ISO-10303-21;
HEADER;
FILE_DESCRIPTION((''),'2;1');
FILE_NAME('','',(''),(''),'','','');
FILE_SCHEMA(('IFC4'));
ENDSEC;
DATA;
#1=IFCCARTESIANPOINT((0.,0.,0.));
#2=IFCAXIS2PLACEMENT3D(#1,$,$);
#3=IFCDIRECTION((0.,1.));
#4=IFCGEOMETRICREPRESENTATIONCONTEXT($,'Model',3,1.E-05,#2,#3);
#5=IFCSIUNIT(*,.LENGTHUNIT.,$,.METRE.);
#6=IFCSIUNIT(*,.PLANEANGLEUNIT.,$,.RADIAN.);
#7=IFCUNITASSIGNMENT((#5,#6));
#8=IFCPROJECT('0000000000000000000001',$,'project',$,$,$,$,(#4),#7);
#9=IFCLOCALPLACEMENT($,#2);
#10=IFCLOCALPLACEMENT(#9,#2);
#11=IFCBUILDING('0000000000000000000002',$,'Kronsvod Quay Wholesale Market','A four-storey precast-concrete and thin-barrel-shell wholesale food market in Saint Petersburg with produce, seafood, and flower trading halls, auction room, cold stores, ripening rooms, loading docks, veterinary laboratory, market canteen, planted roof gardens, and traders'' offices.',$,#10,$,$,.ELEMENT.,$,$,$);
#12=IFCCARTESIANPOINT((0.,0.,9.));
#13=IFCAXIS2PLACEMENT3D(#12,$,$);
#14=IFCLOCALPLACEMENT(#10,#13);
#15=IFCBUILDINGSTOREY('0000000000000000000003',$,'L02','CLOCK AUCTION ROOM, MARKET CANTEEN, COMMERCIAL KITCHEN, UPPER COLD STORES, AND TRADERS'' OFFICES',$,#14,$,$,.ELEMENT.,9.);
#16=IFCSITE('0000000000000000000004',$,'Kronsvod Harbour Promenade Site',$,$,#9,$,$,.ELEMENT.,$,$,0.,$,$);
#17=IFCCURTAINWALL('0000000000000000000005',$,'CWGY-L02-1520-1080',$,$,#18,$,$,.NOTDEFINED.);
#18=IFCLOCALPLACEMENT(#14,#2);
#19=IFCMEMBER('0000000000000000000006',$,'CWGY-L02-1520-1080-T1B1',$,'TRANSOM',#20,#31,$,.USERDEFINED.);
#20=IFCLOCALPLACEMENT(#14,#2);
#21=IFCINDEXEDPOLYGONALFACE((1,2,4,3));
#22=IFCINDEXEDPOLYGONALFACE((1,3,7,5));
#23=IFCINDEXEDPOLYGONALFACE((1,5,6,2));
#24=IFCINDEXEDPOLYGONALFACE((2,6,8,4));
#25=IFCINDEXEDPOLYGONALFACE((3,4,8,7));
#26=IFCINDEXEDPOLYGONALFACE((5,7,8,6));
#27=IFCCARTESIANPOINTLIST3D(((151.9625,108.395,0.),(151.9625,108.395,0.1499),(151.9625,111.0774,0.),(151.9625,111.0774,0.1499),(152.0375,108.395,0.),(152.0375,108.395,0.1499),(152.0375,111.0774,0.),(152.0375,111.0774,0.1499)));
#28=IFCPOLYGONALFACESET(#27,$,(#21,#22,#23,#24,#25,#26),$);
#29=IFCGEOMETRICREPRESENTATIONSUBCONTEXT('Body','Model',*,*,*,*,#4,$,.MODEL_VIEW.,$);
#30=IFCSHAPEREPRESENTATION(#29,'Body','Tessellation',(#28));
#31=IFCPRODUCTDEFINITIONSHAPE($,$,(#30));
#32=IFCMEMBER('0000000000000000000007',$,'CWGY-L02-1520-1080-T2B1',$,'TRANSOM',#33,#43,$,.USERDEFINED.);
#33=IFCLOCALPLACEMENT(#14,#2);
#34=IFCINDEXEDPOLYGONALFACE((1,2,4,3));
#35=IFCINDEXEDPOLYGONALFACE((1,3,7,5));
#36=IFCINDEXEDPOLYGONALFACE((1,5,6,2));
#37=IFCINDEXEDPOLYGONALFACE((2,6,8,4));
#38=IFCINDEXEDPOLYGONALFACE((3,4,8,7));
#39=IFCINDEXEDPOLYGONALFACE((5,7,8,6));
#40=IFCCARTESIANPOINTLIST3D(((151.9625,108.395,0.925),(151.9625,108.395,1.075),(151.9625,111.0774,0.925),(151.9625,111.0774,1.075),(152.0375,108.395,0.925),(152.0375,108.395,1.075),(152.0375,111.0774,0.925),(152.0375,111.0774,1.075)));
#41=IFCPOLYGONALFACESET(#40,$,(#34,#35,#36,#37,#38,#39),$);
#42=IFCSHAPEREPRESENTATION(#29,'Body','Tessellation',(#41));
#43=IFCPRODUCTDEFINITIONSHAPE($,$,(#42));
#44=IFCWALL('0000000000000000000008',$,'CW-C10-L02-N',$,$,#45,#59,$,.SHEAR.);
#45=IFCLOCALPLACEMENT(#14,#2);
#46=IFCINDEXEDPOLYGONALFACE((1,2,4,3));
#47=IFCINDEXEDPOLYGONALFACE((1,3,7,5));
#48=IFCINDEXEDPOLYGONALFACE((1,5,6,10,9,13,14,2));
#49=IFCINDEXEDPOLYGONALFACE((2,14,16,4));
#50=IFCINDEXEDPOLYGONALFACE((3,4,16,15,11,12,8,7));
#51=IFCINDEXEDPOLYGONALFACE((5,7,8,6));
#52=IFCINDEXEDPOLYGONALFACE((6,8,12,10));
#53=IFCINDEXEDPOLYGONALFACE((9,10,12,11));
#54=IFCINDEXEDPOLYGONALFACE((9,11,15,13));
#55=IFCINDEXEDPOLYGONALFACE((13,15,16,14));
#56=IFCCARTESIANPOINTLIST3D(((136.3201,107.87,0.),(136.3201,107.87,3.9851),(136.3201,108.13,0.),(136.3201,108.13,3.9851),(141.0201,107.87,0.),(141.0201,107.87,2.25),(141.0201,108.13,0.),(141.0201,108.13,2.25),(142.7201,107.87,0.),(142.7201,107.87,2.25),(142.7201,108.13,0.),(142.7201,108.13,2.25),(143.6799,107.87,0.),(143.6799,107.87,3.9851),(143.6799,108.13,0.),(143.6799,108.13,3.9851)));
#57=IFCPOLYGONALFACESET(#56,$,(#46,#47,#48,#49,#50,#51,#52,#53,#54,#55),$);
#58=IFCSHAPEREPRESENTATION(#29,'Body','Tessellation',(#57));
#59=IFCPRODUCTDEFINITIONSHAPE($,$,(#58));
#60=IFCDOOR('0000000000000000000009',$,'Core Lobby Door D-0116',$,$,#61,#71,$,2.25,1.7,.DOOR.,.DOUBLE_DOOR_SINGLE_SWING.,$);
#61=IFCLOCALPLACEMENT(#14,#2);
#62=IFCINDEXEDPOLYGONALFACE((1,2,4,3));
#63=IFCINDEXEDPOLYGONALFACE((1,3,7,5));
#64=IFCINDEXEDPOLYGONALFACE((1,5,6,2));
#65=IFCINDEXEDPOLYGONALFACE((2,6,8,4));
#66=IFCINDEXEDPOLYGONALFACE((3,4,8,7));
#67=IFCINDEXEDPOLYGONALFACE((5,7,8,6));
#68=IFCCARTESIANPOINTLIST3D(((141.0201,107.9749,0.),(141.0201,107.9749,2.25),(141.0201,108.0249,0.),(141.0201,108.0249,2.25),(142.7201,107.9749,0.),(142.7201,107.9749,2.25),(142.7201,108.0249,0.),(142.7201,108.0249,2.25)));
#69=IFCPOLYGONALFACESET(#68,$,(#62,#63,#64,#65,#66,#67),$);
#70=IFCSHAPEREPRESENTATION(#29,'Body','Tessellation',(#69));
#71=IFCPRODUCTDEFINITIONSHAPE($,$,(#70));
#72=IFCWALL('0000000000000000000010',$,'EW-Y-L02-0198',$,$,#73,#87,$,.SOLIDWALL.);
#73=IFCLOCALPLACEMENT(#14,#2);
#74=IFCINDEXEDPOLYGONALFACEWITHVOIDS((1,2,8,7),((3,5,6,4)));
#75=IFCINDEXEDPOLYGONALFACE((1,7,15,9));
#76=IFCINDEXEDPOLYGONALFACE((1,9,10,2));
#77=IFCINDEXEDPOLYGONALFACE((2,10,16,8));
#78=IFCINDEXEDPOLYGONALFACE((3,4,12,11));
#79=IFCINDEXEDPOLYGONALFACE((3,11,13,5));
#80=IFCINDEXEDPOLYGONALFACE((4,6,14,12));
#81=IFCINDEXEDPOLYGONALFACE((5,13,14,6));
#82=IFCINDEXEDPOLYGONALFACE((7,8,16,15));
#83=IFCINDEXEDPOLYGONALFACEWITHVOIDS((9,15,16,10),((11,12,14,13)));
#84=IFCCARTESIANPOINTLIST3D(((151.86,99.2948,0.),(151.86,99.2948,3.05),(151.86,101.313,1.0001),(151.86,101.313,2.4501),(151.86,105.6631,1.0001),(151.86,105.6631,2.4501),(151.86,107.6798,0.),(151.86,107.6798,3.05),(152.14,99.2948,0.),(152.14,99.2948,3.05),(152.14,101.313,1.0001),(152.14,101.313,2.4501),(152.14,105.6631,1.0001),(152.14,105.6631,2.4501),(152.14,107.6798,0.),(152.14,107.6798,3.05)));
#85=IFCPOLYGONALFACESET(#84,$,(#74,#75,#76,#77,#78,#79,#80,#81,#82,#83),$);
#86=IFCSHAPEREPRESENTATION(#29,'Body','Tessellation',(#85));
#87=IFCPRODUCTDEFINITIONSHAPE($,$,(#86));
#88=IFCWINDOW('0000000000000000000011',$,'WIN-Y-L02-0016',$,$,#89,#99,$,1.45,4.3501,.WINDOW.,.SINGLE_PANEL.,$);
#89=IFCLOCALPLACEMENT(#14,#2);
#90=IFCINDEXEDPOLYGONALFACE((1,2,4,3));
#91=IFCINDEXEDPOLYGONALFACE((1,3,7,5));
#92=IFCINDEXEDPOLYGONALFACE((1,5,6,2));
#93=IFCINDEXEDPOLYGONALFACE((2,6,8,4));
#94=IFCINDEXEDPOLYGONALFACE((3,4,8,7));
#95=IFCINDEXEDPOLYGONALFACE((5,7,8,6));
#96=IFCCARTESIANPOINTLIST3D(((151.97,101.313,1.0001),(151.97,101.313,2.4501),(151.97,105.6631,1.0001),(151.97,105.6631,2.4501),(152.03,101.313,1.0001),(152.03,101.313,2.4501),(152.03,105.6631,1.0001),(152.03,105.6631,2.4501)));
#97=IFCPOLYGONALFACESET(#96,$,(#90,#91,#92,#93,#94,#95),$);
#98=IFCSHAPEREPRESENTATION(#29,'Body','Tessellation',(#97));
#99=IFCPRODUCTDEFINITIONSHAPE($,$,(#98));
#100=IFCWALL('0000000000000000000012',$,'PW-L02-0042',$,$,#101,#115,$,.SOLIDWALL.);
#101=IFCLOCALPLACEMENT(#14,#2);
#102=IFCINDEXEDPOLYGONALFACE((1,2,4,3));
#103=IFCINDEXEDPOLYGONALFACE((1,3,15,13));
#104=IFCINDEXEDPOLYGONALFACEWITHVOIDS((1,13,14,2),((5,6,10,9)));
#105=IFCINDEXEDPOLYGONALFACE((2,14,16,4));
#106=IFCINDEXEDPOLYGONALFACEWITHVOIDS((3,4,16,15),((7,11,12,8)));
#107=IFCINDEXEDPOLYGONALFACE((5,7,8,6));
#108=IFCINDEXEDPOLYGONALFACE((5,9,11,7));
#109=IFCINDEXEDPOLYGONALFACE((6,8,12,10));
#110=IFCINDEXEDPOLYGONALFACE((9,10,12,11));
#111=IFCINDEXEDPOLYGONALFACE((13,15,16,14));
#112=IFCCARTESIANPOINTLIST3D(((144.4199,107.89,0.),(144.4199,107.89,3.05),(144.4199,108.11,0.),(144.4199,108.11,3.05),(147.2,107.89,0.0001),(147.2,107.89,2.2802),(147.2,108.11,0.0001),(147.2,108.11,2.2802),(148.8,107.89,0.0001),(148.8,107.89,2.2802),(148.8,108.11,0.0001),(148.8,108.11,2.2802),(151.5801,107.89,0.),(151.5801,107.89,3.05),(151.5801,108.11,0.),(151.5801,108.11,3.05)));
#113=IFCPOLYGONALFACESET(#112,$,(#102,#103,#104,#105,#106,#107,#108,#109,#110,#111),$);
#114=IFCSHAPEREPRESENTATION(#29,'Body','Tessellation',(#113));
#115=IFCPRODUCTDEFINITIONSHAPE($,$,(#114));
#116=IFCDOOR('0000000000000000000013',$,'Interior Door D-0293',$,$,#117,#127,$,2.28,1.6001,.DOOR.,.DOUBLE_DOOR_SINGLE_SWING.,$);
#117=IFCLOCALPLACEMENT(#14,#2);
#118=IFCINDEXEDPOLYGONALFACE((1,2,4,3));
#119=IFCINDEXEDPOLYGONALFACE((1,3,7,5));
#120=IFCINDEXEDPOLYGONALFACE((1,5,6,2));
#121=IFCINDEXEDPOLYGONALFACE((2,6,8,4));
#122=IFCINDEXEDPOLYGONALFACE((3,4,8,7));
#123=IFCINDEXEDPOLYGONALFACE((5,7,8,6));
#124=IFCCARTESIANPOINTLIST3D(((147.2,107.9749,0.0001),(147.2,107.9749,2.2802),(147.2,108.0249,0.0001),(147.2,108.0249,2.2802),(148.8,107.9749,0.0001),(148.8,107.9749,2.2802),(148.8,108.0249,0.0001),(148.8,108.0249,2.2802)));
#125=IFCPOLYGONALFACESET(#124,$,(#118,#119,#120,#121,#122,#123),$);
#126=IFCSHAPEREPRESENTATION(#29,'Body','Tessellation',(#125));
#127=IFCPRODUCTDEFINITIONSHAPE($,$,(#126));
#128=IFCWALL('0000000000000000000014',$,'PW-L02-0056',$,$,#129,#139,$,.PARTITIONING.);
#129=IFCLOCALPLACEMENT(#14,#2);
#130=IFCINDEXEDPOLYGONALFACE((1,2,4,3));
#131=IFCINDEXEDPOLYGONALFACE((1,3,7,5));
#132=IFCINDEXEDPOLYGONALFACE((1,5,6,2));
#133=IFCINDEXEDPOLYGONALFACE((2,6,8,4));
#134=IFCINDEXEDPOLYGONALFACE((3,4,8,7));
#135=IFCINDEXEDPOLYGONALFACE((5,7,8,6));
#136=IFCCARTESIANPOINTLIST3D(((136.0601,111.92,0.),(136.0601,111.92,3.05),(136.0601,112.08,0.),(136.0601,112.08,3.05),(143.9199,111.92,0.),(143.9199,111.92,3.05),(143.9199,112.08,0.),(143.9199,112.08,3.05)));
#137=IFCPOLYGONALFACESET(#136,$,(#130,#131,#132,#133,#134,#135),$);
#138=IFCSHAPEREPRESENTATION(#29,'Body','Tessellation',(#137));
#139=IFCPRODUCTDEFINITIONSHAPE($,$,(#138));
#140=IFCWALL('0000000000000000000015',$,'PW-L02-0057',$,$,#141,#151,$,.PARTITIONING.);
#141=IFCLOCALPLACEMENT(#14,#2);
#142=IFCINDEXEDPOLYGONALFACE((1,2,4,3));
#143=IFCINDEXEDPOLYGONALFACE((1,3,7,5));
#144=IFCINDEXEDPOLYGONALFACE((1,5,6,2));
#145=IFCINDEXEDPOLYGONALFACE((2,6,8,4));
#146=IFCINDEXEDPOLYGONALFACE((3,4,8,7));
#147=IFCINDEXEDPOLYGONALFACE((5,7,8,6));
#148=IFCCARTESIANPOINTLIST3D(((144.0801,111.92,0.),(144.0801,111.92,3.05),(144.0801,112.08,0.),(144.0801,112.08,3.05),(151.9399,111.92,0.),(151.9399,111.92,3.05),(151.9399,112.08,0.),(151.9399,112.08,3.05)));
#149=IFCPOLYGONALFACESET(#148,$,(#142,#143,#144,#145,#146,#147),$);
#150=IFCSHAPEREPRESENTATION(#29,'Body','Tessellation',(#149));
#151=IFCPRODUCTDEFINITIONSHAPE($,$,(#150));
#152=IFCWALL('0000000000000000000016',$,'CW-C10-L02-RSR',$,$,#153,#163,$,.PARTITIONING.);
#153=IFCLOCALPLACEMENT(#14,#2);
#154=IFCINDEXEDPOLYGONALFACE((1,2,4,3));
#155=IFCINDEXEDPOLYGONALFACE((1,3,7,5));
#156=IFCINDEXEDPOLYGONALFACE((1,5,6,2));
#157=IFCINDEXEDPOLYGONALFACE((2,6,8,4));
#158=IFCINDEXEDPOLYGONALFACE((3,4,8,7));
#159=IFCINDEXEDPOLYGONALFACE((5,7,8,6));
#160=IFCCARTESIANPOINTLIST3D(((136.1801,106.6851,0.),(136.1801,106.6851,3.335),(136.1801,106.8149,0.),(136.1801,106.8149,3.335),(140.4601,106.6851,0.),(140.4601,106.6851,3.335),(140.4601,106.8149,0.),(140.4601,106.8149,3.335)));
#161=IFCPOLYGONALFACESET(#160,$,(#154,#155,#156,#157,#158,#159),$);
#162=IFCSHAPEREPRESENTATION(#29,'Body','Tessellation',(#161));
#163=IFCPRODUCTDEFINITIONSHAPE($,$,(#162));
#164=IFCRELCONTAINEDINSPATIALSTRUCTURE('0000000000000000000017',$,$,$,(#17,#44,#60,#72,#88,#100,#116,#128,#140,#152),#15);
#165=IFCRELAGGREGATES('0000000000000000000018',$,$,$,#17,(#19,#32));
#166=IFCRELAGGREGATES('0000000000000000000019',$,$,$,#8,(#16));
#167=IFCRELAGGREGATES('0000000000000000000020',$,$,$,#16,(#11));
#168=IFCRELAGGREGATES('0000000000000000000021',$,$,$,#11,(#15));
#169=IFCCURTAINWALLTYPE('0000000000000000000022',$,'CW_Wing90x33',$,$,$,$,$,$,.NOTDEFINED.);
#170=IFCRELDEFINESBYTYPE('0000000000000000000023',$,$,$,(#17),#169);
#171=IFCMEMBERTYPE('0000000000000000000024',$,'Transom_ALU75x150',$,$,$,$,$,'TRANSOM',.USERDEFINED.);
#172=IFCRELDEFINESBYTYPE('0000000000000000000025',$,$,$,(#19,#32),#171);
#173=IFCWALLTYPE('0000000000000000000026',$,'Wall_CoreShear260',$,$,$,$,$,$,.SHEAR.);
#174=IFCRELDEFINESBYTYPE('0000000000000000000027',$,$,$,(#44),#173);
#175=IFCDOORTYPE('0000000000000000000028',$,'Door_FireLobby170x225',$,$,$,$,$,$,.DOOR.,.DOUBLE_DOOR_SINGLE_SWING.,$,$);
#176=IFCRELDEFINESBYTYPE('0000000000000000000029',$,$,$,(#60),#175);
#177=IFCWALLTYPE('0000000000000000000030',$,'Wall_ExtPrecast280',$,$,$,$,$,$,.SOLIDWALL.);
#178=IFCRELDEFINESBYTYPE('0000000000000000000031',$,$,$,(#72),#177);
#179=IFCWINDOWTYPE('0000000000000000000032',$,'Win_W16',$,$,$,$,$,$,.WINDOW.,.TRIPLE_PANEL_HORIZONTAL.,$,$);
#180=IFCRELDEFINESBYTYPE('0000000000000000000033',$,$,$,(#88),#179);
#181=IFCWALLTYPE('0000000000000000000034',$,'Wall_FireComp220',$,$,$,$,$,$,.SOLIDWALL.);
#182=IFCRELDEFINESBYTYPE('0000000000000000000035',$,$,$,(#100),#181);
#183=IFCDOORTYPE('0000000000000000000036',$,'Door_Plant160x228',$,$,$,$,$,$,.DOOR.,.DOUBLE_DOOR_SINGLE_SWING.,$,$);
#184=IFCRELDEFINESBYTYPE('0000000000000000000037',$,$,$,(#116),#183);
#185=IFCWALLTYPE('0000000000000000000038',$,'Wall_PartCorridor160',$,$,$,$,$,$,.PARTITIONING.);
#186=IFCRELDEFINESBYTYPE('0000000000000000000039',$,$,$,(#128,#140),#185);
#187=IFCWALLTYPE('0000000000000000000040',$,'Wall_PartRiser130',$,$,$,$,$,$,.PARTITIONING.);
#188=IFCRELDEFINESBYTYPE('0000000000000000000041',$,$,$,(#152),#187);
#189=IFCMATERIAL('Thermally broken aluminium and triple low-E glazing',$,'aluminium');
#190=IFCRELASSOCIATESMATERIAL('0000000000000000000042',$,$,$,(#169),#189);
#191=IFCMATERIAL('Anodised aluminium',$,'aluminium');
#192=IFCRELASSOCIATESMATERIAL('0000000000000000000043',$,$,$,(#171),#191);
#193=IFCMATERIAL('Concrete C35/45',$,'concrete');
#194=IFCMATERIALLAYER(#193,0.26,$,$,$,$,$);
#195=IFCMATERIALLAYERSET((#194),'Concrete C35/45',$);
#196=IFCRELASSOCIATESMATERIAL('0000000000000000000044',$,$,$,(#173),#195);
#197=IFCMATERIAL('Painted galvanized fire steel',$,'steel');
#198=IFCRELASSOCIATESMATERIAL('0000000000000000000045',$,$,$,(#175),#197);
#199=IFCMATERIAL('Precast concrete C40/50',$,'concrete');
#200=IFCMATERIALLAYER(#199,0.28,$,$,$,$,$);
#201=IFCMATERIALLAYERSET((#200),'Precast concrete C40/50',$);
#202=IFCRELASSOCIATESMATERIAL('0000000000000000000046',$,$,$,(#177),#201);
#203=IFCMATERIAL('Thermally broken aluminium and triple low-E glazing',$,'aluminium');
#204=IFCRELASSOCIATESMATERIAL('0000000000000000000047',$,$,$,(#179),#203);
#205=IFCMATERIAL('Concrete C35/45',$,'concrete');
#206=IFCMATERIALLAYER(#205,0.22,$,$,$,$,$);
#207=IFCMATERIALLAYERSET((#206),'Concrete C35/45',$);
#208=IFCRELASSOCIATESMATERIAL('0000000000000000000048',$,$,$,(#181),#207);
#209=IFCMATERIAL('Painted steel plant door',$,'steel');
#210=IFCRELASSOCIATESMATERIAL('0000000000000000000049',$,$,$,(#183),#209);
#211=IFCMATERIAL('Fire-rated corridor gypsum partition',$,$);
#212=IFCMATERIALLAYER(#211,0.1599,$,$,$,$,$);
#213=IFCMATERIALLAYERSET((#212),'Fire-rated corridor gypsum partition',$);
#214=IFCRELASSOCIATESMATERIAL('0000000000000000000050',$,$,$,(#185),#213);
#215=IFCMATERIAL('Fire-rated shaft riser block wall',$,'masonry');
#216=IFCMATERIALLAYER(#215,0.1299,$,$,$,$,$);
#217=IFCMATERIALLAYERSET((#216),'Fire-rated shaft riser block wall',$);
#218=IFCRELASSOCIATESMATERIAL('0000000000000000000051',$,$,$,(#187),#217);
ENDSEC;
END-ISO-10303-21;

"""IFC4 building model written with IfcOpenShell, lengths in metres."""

from ifc_helpers import new_model, si_unit, direction, frame, frame_2d, origin, origin_2d, place, context, subcontext, project, spatial, rectangle, extrude, material, layer, layer_set, material_profile, profile_set, type_object, element, fill, aggregate, save


model = new_model("IFC4")

# Units and contexts
model_context = context("Model", 3, precision=1e-05, world=origin(), true_north=direction((0.0, 1.0)))
body_context = subcontext(model_context, "Body", "Model", "MODEL_VIEW")
ifc_project = project(units=[si_unit("LENGTHUNIT", "METRE"), si_unit("PLANEANGLEUNIT", "RADIAN")], contexts=[model_context])

# Site, building, storey
site_placement = place(None, origin())
site = spatial("IfcSite", under=ifc_project, at=site_placement, Name="Kronsvod Harbour Promenade Site", CompositionType="ELEMENT", RefElevation=0.0)
building_placement = place(site_placement, origin())
building = spatial("IfcBuilding", under=site, at=building_placement, Name="Kronsvod Quay Wholesale Market", Description="A four-storey precast-concrete and thin-barrel-shell wholesale food market in Saint Petersburg with produce, seafood, and flower trading halls, auction room, cold stores, ripening rooms, loading docks, veterinary laboratory, market canteen, planted roof gardens, and traders' offices.", CompositionType="ELEMENT")
storey_placement = place(building_placement, frame((0.0, 0.0, 9.0)))
storey = spatial("IfcBuildingStorey", under=building, at=storey_placement, Name="L02", Description="CLOCK AUCTION ROOM, MARKET CANTEEN, COMMERCIAL KITCHEN, UPPER COLD STORES, AND TRADERS' OFFICES", CompositionType="ELEMENT", Elevation=9.0)

# Curtain wall, members
ifc_material_1 = material(Name="Thermally broken aluminium and triple low-E glazing", Category="aluminium")
curtain_wall_type = type_object("IfcCurtainWallType", Name="CW_Wing90x33", PredefinedType="NOTDEFINED", material=ifc_material_1)
curtain_wall_placement = place(storey_placement, origin())
curtain_wall = element("IfcCurtainWall", 1, at=curtain_wall_placement, inside=storey, type_object=curtain_wall_type, Name="CWGY-L02-1520-1080", PredefinedType="NOTDEFINED")
ifc_material_2 = material(Name="Anodised aluminium", Category="aluminium")
ifc_material_profile_1 = material_profile(ifc_material_2, rectangle(XDim=0.075, YDim=0.1499, at=origin_2d()), Name="ALUT75x150")
ifc_profile_set_1 = profile_set([ifc_material_profile_1], Name="Anodised aluminium")
member_type_1 = type_object("IfcMemberType", Name="Transom_ALU75x150", ElementType="TRANSOM", PredefinedType="USERDEFINED", material=ifc_profile_set_1)
member_1_placement = place(storey_placement, frame((152.0, 108.395, 0.075), z_axis=(0.0, 1.0, 0.0), x_axis=(-1.0, 0.0, 0.0)))
member_1 = element("IfcMember", 2, at=member_1_placement, type_object=member_type_1, Name="CWGY-L02-1520-1080-T1B1", ObjectType="TRANSOM", PredefinedType="USERDEFINED", context=body_context, shape_type="SweptSolid", body=[
    extrude(rectangle(XDim=0.075, YDim=0.1499, at=origin_2d()), origin(), (0.0, 0.0, 1.0), 2.6824),
])
member_2_placement = place(storey_placement, frame((152.0, 108.395, 1.0), z_axis=(0.0, 1.0, 0.0), x_axis=(-1.0, 0.0, 0.0)))
member_2 = element("IfcMember", 3, at=member_2_placement, type_object=member_type_1, Name="CWGY-L02-1520-1080-T2B1", ObjectType="TRANSOM", PredefinedType="USERDEFINED", context=body_context, shape_type="SweptSolid", body=[
    extrude(rectangle(XDim=0.075, YDim=0.1499, at=origin_2d()), origin(), (0.0, 0.0, 1.0), 2.6824),
])
aggregate(curtain_wall, [member_1, member_2])

# Wall, opening, door
ifc_material_3 = material(Name="Concrete C35/45", Category="concrete")
ifc_layer_1 = layer(ifc_material_3, 0.26)
ifc_layer_set_1 = layer_set([ifc_layer_1], Name="Concrete C35/45")
wall_type_1 = type_object("IfcWallType", Name="Wall_CoreShear260", PredefinedType="SHEAR", material=ifc_layer_set_1)
wall_1_placement = place(storey_placement, frame((136.3201, 108.0, 0.0), z_axis=(0.0, 0.0, 1.0), x_axis=(1.0, 0.0, 0.0)))
wall_1 = element("IfcWall", 4, at=wall_1_placement, inside=storey, type_object=wall_type_1, Name="CW-C10-L02-N", PredefinedType="SHEAR", context=body_context, shape_type="SweptSolid", body=[
    extrude(rectangle(XDim=7.3599, YDim=0.26, at=frame_2d((3.6799, 0.0))), origin(), (0.0, 0.0, 1.0), 3.9851),
])
opening_1_placement = place(wall_1_placement, frame((4.7, 0.0, 0.0)))
opening_1 = element("IfcOpeningElement", 5, at=opening_1_placement, cuts=wall_1, PredefinedType="OPENING", context=body_context, shape_type="SweptSolid", body=[
    extrude(rectangle(XDim=1.7, YDim=2.25, at=frame_2d((0.8501, 1.125))), frame((0.0, 0.1401, 0.0), z_axis=(0.0, -1.0, 0.0), x_axis=(1.0, 0.0, 0.0)), (0.0, 0.0, 1.0), 0.28),
])
ifc_material_4 = material(Name="Painted galvanized fire steel", Category="steel")
door_type_1 = type_object("IfcDoorType", Name="Door_FireLobby170x225", OperationType="DOUBLE_DOOR_SINGLE_SWING", PredefinedType="DOOR", material=ifc_material_4)
door_1_placement = place(opening_1_placement, origin())
door_1 = element("IfcDoor", 6, at=door_1_placement, inside=storey, type_object=door_type_1, Name="Core Lobby Door D-0116", OperationType="DOUBLE_DOOR_SINGLE_SWING", OverallHeight=2.25, OverallWidth=1.7, PredefinedType="DOOR", context=body_context, shape_type="SweptSolid", body=[
    extrude(rectangle(XDim=1.7, YDim=2.25, at=frame_2d((0.8501, 1.125))), frame((0.0, 0.0249, 0.0), z_axis=(0.0, -1.0, 0.0), x_axis=(1.0, 0.0, 0.0)), (0.0, 0.0, 1.0), 0.05),
])
fill(opening_1, door_1)

# Wall, opening, window
ifc_material_5 = material(Name="Precast concrete C40/50", Category="concrete")
ifc_layer_2 = layer(ifc_material_5, 0.28)
ifc_layer_set_2 = layer_set([ifc_layer_2], Name="Precast concrete C40/50")
wall_type_2 = type_object("IfcWallType", Name="Wall_ExtPrecast280", PredefinedType="SOLIDWALL", material=ifc_layer_set_2)
wall_2_placement = place(storey_placement, frame((152.0, 99.2949, 0.0), z_axis=(0.0, 0.0, 1.0), x_axis=(0.0, 1.0, 0.0)))
wall_2 = element("IfcWall", 7, at=wall_2_placement, inside=storey, type_object=wall_type_2, Name="EW-Y-L02-0198", PredefinedType="SOLIDWALL", context=body_context, shape_type="SweptSolid", body=[
    extrude(rectangle(XDim=8.385, YDim=0.28, at=frame_2d((4.1924, 0.0))), origin(), (0.0, 0.0, 1.0), 3.05),
])
opening_2_placement = place(wall_2_placement, frame((2.0181, 0.0, 1.0)))
opening_2 = element("IfcOpeningElement", 8, at=opening_2_placement, cuts=wall_2, PredefinedType="OPENING", context=body_context, shape_type="SweptSolid", body=[
    extrude(rectangle(XDim=4.3501, YDim=1.45, at=frame_2d((2.175, 0.7251))), frame((0.0, 0.1499, 0.0), z_axis=(0.0, -1.0, 0.0), x_axis=(1.0, 0.0, 0.0)), (0.0, 0.0, 1.0), 0.3),
])
ifc_material_6 = material(Name="Thermally broken aluminium and triple low-E glazing", Category="aluminium")
window_type = type_object("IfcWindowType", Name="Win_W16", PartitioningType="TRIPLE_PANEL_HORIZONTAL", PredefinedType="WINDOW", material=ifc_material_6)
window_placement = place(opening_2_placement, origin())
window = element("IfcWindow", 9, at=window_placement, inside=storey, type_object=window_type, Name="WIN-Y-L02-0016", OverallHeight=1.45, OverallWidth=4.3501, PartitioningType="SINGLE_PANEL", PredefinedType="WINDOW", context=body_context, shape_type="SweptSolid", body=[
    extrude(rectangle(XDim=4.3501, YDim=1.45, at=frame_2d((2.175, 0.7251))), frame((0.0, 0.03, 0.0), z_axis=(0.0, -1.0, 0.0), x_axis=(1.0, 0.0, 0.0)), (0.0, 0.0, 1.0), 0.0601),
])
fill(opening_2, window)

# Wall, opening, door
ifc_material_7 = material(Name="Concrete C35/45", Category="concrete")
ifc_layer_3 = layer(ifc_material_7, 0.22)
ifc_layer_set_3 = layer_set([ifc_layer_3], Name="Concrete C35/45")
wall_type_3 = type_object("IfcWallType", Name="Wall_FireComp220", PredefinedType="SOLIDWALL", material=ifc_layer_set_3)
wall_3_placement = place(storey_placement, frame((144.4199, 108.0, 0.0), z_axis=(0.0, 0.0, 1.0), x_axis=(1.0, 0.0, 0.0)))
wall_3 = element("IfcWall", 10, at=wall_3_placement, inside=storey, type_object=wall_type_3, Name="PW-L02-0042", PredefinedType="SOLIDWALL", context=body_context, shape_type="SweptSolid", body=[
    extrude(rectangle(XDim=7.1602, YDim=0.22, at=frame_2d((3.5801, 0.0))), origin(), (0.0, 0.0, 1.0), 3.05),
])
opening_3_placement = place(wall_3_placement, frame((2.78, 0.0, 0.0)))
opening_3 = element("IfcOpeningElement", 11, at=opening_3_placement, cuts=wall_3, PredefinedType="OPENING", context=body_context, shape_type="SweptSolid", body=[
    extrude(rectangle(XDim=1.6001, YDim=2.28, at=frame_2d((0.8, 1.1401))), frame((0.0, 0.1201, 0.0), z_axis=(0.0, -1.0, 0.0), x_axis=(1.0, 0.0, 0.0)), (0.0, 0.0, 1.0), 0.24),
])
ifc_material_8 = material(Name="Painted steel plant door", Category="steel")
door_type_2 = type_object("IfcDoorType", Name="Door_Plant160x228", OperationType="DOUBLE_DOOR_SINGLE_SWING", PredefinedType="DOOR", material=ifc_material_8)
door_2_placement = place(opening_3_placement, origin())
door_2 = element("IfcDoor", 12, at=door_2_placement, inside=storey, type_object=door_type_2, Name="Interior Door D-0293", OperationType="DOUBLE_DOOR_SINGLE_SWING", OverallHeight=2.28, OverallWidth=1.6001, PredefinedType="DOOR", context=body_context, shape_type="SweptSolid", body=[
    extrude(rectangle(XDim=1.6001, YDim=2.28, at=frame_2d((0.8, 1.1401))), frame((0.0, 0.0249, 0.0), z_axis=(0.0, -1.0, 0.0), x_axis=(1.0, 0.0, 0.0)), (0.0, 0.0, 1.0), 0.05),
])
fill(opening_3, door_2)

# Walls
ifc_material_9 = material(Name="Fire-rated corridor gypsum partition")
ifc_layer_4 = layer(ifc_material_9, 0.1599)
ifc_layer_set_4 = layer_set([ifc_layer_4], Name="Fire-rated corridor gypsum partition")
wall_type_4 = type_object("IfcWallType", Name="Wall_PartCorridor160", PredefinedType="PARTITIONING", material=ifc_layer_set_4)
for number, where, z_axis, x_axis, name in (
    (13, (136.0601, 112.0, 0.0), (0.0, 0.0, 1.0), (1.0, 0.0, 0.0), "PW-L02-0056"),
    (14, (144.0801, 112.0, 0.0), (0.0, 0.0, 1.0), (1.0, 0.0, 0.0), "PW-L02-0057"),
):
    element("IfcWall", number, at=place(storey_placement, frame(where, z_axis=z_axis, x_axis=x_axis)), inside=storey, type_object=wall_type_4, Name=name, PredefinedType="PARTITIONING", context=body_context, shape_type="SweptSolid", body=[
        extrude(rectangle(XDim=7.8599, YDim=0.1599, at=frame_2d((3.9299, 0.0))), origin(), (0.0, 0.0, 1.0), 3.05),
    ])
ifc_material_10 = material(Name="Fire-rated shaft riser block wall", Category="masonry")
ifc_layer_5 = layer(ifc_material_10, 0.1299)
ifc_layer_set_5 = layer_set([ifc_layer_5], Name="Fire-rated shaft riser block wall")
wall_type_5 = type_object("IfcWallType", Name="Wall_PartRiser130", PredefinedType="PARTITIONING", material=ifc_layer_set_5)
wall_4_placement = place(storey_placement, frame((136.1799, 106.75, 0.0), z_axis=(0.0, 0.0, 1.0), x_axis=(1.0, 0.0, 0.0)))
element("IfcWall", 15, at=wall_4_placement, inside=storey, type_object=wall_type_5, Name="CW-C10-L02-RSR", PredefinedType="PARTITIONING", context=body_context, shape_type="SweptSolid", body=[
    extrude(rectangle(XDim=4.28, YDim=0.1299, at=frame_2d((2.1401, 0.0))), origin(), (0.0, 0.0, 1.0), 3.335),
])

save(model, "model.ifc")
